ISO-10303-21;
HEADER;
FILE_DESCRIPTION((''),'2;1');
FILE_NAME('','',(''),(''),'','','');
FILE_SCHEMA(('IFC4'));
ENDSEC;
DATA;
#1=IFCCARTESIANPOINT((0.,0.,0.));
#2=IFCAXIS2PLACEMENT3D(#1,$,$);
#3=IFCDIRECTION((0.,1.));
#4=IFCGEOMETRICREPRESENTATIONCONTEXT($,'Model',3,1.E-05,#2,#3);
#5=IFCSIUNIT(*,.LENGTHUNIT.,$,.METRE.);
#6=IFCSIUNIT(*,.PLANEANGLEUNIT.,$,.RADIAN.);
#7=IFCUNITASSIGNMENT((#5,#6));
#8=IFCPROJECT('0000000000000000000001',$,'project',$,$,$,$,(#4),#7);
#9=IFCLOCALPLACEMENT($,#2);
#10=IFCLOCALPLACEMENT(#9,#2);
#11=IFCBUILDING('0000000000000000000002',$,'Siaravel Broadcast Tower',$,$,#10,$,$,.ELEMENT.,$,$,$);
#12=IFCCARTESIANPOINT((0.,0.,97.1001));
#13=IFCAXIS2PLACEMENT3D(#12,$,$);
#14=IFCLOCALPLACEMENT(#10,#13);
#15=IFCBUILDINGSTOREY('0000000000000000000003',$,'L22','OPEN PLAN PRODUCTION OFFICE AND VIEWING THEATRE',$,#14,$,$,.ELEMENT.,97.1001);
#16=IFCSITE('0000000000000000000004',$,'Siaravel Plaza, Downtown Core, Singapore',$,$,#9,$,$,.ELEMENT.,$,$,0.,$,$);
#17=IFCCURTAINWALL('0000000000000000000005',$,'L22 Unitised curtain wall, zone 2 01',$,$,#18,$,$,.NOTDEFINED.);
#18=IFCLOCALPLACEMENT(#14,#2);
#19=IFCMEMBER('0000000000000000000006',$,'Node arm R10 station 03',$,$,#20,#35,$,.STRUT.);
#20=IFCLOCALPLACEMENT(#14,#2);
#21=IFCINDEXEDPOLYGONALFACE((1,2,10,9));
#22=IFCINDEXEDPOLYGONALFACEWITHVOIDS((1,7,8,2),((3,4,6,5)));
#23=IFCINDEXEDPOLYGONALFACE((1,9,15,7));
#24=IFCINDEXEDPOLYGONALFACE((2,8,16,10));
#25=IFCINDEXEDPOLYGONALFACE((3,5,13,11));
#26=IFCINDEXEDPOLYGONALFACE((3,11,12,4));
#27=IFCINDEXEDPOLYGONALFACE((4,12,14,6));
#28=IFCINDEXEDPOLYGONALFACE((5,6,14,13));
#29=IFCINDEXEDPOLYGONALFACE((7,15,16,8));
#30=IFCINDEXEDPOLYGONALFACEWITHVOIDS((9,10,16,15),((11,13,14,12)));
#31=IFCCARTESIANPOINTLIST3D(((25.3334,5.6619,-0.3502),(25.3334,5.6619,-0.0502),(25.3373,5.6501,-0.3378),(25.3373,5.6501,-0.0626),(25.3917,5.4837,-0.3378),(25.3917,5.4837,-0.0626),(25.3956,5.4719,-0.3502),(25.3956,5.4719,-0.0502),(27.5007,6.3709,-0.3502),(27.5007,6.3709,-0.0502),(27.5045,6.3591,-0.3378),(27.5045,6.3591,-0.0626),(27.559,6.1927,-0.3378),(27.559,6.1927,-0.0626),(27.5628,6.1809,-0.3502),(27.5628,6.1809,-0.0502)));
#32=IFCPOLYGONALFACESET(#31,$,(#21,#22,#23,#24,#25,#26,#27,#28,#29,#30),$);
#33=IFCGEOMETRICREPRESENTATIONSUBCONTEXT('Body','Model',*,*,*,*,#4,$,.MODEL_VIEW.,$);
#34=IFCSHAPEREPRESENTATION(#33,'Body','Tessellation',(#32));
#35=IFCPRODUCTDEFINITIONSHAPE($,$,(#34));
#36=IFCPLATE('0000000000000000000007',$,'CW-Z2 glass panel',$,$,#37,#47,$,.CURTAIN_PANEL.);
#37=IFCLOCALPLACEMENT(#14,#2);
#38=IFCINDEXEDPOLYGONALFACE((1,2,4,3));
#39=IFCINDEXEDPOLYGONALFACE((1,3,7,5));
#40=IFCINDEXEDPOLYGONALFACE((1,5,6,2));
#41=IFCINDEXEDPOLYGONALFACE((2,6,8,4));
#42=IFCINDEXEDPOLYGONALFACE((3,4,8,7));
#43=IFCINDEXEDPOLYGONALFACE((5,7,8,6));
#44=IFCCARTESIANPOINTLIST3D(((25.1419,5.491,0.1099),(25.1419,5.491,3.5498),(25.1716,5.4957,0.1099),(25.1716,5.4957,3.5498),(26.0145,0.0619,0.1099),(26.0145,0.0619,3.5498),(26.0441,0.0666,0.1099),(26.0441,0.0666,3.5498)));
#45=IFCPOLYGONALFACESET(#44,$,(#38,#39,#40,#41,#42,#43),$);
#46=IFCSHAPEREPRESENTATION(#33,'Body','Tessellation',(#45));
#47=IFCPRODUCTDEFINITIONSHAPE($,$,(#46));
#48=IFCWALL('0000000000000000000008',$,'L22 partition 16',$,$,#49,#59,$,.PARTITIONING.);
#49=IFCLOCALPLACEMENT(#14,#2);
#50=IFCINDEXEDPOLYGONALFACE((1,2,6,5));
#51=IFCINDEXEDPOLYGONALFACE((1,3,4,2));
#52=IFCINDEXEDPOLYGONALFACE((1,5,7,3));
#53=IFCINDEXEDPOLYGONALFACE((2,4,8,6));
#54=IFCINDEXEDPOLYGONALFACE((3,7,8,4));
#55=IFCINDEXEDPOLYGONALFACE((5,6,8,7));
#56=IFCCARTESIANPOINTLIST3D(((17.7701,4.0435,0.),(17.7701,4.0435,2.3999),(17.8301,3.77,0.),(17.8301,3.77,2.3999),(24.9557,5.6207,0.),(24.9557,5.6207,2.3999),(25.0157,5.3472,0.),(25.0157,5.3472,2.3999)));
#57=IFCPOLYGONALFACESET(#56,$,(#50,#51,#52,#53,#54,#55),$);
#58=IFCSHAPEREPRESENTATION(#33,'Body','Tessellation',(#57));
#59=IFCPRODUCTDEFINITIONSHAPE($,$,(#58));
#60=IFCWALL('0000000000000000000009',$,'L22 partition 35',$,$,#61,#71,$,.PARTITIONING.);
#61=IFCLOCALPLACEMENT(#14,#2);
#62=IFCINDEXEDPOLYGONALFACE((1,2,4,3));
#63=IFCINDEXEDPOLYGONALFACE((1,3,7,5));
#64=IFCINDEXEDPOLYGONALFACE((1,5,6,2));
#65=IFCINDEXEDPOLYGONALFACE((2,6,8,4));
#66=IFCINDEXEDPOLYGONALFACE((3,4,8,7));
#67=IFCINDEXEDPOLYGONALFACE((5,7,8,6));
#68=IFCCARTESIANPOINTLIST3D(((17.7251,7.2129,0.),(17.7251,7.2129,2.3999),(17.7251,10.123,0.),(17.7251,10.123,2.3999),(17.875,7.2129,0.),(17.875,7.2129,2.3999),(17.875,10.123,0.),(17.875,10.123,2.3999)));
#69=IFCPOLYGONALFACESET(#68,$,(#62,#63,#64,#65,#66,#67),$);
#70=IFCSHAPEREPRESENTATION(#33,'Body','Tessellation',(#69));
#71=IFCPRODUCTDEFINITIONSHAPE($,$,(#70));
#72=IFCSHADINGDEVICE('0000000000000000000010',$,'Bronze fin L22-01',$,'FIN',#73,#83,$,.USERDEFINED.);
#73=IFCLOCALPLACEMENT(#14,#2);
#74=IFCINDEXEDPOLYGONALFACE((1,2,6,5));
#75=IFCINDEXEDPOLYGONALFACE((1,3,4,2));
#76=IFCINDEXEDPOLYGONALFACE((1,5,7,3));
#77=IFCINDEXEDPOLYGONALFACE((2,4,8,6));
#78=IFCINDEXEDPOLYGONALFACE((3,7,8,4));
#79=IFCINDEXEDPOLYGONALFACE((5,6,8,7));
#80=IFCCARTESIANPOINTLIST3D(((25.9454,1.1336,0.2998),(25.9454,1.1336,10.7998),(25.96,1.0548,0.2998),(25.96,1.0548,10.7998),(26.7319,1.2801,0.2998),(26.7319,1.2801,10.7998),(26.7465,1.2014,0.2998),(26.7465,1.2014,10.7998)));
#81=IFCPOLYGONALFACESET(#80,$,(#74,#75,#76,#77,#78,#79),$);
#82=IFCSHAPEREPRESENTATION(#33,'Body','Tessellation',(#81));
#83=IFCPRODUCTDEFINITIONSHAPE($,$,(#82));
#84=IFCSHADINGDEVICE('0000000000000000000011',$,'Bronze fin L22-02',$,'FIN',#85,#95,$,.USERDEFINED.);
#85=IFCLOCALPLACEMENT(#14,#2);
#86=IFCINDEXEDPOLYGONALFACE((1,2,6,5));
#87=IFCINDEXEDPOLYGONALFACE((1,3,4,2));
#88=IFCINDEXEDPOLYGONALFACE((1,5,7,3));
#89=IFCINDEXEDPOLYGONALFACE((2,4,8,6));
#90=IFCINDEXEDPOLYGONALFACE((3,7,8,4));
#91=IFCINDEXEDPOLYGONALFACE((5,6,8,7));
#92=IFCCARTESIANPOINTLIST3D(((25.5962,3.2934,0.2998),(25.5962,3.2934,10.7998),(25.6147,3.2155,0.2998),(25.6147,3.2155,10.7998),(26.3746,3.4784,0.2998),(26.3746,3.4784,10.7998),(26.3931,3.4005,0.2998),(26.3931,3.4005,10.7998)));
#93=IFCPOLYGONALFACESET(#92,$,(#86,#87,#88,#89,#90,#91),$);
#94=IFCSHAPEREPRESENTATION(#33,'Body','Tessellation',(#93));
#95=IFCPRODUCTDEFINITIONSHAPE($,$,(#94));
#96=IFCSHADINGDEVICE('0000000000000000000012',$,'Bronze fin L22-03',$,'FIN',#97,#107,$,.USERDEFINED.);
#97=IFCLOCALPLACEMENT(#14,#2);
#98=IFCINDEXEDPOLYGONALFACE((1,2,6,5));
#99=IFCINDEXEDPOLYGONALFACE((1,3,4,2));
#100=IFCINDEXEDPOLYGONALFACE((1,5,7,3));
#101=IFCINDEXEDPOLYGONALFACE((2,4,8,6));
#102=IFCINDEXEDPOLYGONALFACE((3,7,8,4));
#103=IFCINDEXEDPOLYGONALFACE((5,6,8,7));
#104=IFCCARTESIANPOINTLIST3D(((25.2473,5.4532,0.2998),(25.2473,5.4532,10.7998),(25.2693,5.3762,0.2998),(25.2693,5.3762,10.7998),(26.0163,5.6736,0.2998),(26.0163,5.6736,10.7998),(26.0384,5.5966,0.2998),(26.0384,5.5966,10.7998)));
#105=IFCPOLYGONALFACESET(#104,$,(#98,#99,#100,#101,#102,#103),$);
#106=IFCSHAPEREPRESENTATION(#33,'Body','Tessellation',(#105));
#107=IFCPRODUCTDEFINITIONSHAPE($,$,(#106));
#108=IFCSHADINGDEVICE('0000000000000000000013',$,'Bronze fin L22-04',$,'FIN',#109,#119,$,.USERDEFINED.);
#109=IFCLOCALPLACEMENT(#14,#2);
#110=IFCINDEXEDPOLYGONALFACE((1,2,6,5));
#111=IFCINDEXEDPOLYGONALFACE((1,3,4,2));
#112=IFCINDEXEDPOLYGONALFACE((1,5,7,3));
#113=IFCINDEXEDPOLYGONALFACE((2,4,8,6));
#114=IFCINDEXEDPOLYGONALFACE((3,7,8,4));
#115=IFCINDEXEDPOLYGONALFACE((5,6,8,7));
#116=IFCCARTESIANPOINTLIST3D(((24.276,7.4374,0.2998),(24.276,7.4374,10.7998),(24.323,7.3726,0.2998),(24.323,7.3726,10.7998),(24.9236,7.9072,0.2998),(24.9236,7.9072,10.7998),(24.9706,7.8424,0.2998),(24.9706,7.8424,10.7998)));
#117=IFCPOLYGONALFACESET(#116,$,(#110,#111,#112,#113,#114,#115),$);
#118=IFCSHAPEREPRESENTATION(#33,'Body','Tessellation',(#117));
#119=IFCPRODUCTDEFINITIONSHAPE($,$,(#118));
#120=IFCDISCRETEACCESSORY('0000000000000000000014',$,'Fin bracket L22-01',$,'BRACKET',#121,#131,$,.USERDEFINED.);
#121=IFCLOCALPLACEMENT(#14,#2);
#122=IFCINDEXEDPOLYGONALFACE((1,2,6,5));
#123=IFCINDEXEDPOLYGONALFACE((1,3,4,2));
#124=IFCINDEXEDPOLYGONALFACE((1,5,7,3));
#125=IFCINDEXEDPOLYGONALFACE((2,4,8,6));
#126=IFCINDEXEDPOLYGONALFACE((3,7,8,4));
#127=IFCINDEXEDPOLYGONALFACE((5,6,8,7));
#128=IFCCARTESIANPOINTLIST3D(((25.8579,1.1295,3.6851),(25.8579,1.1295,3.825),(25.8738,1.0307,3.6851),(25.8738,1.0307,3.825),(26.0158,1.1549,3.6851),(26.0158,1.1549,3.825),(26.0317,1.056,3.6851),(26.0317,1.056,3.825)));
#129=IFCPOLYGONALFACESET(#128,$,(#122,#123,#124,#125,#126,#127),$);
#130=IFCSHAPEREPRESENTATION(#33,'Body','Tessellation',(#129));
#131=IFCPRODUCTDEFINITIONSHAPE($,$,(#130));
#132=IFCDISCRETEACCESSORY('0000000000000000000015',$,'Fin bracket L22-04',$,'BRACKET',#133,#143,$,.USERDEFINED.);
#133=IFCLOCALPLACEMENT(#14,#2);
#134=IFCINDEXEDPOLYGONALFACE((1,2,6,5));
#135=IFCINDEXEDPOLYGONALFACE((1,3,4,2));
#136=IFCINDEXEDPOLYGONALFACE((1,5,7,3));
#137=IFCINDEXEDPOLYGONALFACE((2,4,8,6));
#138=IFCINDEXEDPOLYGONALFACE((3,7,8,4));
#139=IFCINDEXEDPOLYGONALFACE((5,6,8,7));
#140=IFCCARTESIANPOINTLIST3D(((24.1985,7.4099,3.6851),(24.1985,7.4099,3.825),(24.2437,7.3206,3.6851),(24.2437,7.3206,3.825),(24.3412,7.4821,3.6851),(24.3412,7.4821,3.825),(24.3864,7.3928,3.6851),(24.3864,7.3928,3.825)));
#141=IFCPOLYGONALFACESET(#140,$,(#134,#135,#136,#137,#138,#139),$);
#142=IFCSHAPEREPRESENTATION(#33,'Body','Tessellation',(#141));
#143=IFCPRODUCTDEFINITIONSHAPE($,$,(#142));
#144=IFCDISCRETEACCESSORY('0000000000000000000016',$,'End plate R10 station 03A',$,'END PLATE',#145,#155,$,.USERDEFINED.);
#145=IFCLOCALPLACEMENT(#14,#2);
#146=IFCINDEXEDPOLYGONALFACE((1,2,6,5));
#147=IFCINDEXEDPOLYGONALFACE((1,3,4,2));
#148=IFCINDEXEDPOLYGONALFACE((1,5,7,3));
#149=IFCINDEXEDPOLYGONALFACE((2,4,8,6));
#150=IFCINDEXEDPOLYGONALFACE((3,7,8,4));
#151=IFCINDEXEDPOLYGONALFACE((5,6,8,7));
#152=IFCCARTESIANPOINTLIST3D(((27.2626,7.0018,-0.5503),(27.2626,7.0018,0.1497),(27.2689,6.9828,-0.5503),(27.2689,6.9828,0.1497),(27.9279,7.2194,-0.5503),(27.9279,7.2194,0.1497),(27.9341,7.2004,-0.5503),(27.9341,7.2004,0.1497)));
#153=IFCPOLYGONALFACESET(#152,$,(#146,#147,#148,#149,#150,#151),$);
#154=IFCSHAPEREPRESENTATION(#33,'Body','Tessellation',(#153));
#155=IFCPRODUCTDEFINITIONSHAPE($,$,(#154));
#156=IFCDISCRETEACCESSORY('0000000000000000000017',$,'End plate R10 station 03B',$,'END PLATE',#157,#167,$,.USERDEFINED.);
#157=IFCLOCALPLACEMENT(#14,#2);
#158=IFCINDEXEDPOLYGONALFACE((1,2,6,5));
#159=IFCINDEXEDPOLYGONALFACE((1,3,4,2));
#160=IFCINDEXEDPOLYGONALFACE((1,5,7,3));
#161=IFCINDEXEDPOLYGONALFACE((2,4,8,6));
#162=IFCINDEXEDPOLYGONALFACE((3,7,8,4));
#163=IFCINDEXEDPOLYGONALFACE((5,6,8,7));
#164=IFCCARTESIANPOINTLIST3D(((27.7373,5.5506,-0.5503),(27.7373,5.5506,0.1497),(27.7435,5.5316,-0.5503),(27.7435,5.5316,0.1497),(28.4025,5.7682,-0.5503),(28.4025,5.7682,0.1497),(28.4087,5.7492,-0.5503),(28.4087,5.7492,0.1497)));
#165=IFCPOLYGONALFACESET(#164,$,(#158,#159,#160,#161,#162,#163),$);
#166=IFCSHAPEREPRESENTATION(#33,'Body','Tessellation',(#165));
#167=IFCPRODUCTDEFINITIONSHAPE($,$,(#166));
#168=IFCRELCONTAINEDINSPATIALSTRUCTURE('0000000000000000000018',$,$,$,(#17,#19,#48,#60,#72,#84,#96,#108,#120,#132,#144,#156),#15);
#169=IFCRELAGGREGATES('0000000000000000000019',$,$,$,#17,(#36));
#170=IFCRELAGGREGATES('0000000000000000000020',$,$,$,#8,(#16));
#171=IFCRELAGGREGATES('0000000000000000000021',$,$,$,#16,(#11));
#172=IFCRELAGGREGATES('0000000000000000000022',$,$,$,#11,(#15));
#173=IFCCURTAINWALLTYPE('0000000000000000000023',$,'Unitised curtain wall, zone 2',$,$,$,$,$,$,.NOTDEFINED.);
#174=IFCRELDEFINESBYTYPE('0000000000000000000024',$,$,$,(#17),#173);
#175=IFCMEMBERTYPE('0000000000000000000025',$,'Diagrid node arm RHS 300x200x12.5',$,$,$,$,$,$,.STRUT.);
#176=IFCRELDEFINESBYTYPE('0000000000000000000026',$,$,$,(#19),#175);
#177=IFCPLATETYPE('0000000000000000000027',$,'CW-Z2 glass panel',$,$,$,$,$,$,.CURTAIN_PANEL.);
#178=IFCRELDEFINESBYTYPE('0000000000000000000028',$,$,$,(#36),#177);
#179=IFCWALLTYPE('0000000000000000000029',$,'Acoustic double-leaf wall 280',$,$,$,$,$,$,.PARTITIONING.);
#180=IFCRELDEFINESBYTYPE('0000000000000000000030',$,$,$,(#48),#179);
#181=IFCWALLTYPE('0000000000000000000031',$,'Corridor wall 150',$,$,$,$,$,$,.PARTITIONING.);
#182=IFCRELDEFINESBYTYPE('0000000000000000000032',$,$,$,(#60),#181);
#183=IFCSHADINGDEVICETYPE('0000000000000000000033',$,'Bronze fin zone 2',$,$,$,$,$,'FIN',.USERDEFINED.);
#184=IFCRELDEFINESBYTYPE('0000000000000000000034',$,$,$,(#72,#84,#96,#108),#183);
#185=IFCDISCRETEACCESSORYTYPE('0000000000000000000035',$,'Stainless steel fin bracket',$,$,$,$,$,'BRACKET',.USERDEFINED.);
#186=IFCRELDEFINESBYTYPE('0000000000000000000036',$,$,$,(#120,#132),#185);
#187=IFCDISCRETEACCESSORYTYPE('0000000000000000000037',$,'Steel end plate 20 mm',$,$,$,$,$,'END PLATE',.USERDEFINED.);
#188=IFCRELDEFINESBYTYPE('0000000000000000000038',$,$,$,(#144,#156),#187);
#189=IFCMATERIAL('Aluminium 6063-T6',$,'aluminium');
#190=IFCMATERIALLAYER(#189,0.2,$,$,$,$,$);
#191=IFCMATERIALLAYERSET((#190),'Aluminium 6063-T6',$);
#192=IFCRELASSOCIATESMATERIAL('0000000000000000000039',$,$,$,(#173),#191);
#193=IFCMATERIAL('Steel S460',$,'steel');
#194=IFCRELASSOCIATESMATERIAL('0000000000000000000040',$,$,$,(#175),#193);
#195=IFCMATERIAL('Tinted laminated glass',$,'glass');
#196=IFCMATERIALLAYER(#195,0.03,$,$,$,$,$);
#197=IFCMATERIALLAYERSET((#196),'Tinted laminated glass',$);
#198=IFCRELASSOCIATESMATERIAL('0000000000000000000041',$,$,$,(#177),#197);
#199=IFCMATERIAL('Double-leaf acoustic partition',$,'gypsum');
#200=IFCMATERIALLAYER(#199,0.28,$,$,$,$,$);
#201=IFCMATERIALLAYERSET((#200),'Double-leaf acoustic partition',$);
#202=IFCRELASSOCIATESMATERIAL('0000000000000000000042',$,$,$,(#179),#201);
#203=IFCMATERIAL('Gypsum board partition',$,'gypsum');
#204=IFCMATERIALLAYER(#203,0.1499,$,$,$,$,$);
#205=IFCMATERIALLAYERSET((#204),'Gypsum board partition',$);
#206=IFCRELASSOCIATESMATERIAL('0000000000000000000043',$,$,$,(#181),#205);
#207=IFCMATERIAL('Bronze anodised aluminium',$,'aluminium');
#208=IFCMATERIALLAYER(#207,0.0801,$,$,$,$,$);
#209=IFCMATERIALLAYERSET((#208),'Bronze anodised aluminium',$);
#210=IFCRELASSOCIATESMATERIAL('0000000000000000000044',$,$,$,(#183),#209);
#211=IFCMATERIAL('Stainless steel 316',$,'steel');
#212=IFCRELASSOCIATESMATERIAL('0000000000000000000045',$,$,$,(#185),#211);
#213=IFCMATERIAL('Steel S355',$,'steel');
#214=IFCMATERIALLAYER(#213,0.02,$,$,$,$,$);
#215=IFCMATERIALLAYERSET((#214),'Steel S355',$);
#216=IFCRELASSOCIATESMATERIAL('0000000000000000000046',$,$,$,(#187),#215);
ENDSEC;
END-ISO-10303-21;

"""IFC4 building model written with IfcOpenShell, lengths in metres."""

from ifc_helpers import new_model, si_unit, direction, frame, frame_2d, origin, origin_2d, place, context, subcontext, project, spatial, rectangle, hollow_rectangle, extrude, material, layer, layer_set, material_profile, profile_set, type_object, element, aggregate, save


model = new_model("IFC4")

# Units and contexts
model_context = context("Model", 3, precision=1e-05, world=origin(), true_north=direction((0.0, 1.0)))
body_context = subcontext(model_context, "Body", "Model", "MODEL_VIEW")
ifc_project = project(units=[si_unit("LENGTHUNIT", "METRE"), si_unit("PLANEANGLEUNIT", "RADIAN")], contexts=[model_context])

# Site, building, storey
site_placement = place(None, origin())
site = spatial("IfcSite", under=ifc_project, at=site_placement, Name="Siaravel Plaza, Downtown Core, Singapore", CompositionType="ELEMENT", RefElevation=0.0)
building_placement = place(site_placement, origin())
building = spatial("IfcBuilding", under=site, at=building_placement, Name="Siaravel Broadcast Tower", CompositionType="ELEMENT")
storey_placement = place(building_placement, frame((0.0, 0.0, 97.1001)))
storey = spatial("IfcBuildingStorey", under=building, at=storey_placement, Name="L22", Description="OPEN PLAN PRODUCTION OFFICE AND VIEWING THEATRE", CompositionType="ELEMENT", Elevation=97.1001)

# Shared definitions
ifc_material_1 = material(Name="Steel S355", Category="steel")

# Curtain wall
ifc_material_2 = material(Name="Aluminium 6063-T6", Category="aluminium")
ifc_layer_1 = layer(ifc_material_2, 0.2)
ifc_layer_set_1 = layer_set([ifc_layer_1], Name="Aluminium 6063-T6")
curtain_wall_type = type_object("IfcCurtainWallType", Name="Unitised curtain wall, zone 2", PredefinedType="NOTDEFINED", material=ifc_layer_set_1)
curtain_wall_placement = place(storey_placement, origin())
curtain_wall = element("IfcCurtainWall", 1, at=curtain_wall_placement, inside=storey, type_object=curtain_wall_type, Name="L22 Unitised curtain wall, zone 2 01", PredefinedType="NOTDEFINED")

# Member
ifc_material_3 = material(Name="Steel S460", Category="steel")
ifc_material_profile_1 = material_profile(ifc_material_3, hollow_rectangle(XDim=0.2, YDim=0.3, WallThickness=0.0125, at=origin_2d()))
ifc_profile_set_1 = profile_set([ifc_material_profile_1], Name="Steel S460")
member_type_1 = type_object("IfcMemberType", Name="Diagrid node arm RHS 300x200x12.5", PredefinedType="STRUT", material=ifc_profile_set_1)
member_1_placement = place(storey_placement, frame((25.3645, 5.5669, -0.2002), z_axis=(0.950435, 0.310923, 0.0), x_axis=(-0.310923, 0.950435, 0.0)))
element("IfcMember", 2, at=member_1_placement, inside=storey, type_object=member_type_1, Name="Node arm R10 station 03", PredefinedType="STRUT", context=body_context, shape_type="SweptSolid", body=[
    extrude(hollow_rectangle(XDim=0.2, YDim=0.3, WallThickness=0.0125, at=origin_2d()), origin(), (0.0, 0.0, 1.0), 2.2803),
])

# Plate
ifc_material_4 = material(Name="Tinted laminated glass", Category="glass")
ifc_layer_2 = layer(ifc_material_4, 0.03)
ifc_layer_set_2 = layer_set([ifc_layer_2], Name="Tinted laminated glass")
plate_type = type_object("IfcPlateType", Name="CW-Z2 glass panel", PredefinedType="CURTAIN_PANEL", material=ifc_layer_set_2)
plate_placement = place(storey_placement, frame((25.593, 2.7788, 0.1099), z_axis=(0.0, 0.0, 1.0), x_axis=(-0.158686, 0.987329, 0.0)))
plate = element("IfcPlate", 3, at=plate_placement, type_object=plate_type, Name="CW-Z2 glass panel", PredefinedType="CURTAIN_PANEL", context=body_context, shape_type="SweptSolid", body=[
    extrude(rectangle(XDim=5.4988, YDim=0.03, at=origin_2d()), origin(), (0.0, 0.0, 1.0), 3.4399),
])
aggregate(curtain_wall, [plate])

# Wall
ifc_material_5 = material(Name="Double-leaf acoustic partition", Category="gypsum")
ifc_layer_3 = layer(ifc_material_5, 0.28)
ifc_layer_set_3 = layer_set([ifc_layer_3], Name="Double-leaf acoustic partition")
wall_type_1 = type_object("IfcWallType", Name="Acoustic double-leaf wall 280", PredefinedType="PARTITIONING", material=ifc_layer_set_3)
wall_1_placement = place(storey_placement, frame((24.9856, 5.4839, 0.0), z_axis=(0.0, 0.0, 1.0), x_axis=(-0.976749, -0.214386, 0.0)))
element("IfcWall", 4, at=wall_1_placement, inside=storey, type_object=wall_type_1, Name="L22 partition 16", PredefinedType="PARTITIONING", context=body_context, shape_type="SweptSolid", body=[
    extrude(rectangle(XDim=7.3567, YDim=0.28, at=frame_2d((3.6782, 0.0))), origin(), (0.0, 0.0, 1.0), 2.3999),
])

# Shared definitions
ifc_material_6 = material(Name="Gypsum board partition", Category="gypsum")
ifc_layer_4 = layer(ifc_material_6, 0.1499)
ifc_layer_set_4 = layer_set([ifc_layer_4], Name="Gypsum board partition")
wall_type_2 = type_object("IfcWallType", Name="Corridor wall 150", PredefinedType="PARTITIONING", material=ifc_layer_set_4)

# Wall
wall_2_placement = place(storey_placement, frame((17.8, 7.2129, 0.0), z_axis=(0.0, 0.0, 1.0), x_axis=(0.0, 1.0, 0.0)))
element("IfcWall", 5, at=wall_2_placement, inside=storey, type_object=wall_type_2, Name="L22 partition 35", PredefinedType="PARTITIONING", context=body_context, shape_type="SweptSolid", body=[
    extrude(rectangle(XDim=2.9102, YDim=0.1499, at=frame_2d((1.4551, 0.0))), origin(), (0.0, 0.0, 1.0), 2.3999),
])

# Shading devices
ifc_material_7 = material(Name="Bronze anodised aluminium", Category="aluminium")
ifc_layer_5 = layer(ifc_material_7, 0.0801)
ifc_layer_set_5 = layer_set([ifc_layer_5], Name="Bronze anodised aluminium")
shading_device_type = type_object("IfcShadingDeviceType", Name="Bronze fin zone 2", ElementType="FIN", PredefinedType="USERDEFINED", material=ifc_layer_set_5)
for number, where, z_axis, x_axis, name in (
    (6, (26.3459, 1.1675, 0.2998), (0.0, 0.0, 1.0), (0.983081, 0.183169, 0.0), "Bronze fin L22-01"),
    (7, (25.9946, 3.3469, 0.2998), (0.0, 0.0, 1.0), (0.9729, 0.231228, 0.0), "Bronze fin L22-02"),
    (8, (25.6428, 5.5249, 0.2998), (0.0, 0.0, 1.0), (0.961291, 0.275535, 0.0), "Bronze fin L22-03"),
    (9, (24.6233, 7.6399, 0.2998), (0.0, 0.0, 1.0), (0.809425, 0.587223, 0.0), "Bronze fin L22-04"),
):
    element("IfcShadingDevice", number, at=place(storey_placement, frame(where, z_axis=z_axis, x_axis=x_axis)), inside=storey, type_object=shading_device_type, Name=name, ObjectType="FIN", PredefinedType="USERDEFINED", context=body_context, shape_type="SweptSolid", body=[
        extrude(rectangle(XDim=0.8, YDim=0.0801, at=origin_2d()), origin(), (0.0, 0.0, 1.0), 10.5),
    ])

# Discrete accessories
ifc_material_8 = material(Name="Stainless steel 316", Category="steel")
discrete_accessory_type_1 = type_object("IfcDiscreteAccessoryType", Name="Stainless steel fin bracket", ElementType="BRACKET", PredefinedType="USERDEFINED", material=ifc_material_8)
for number, where, z_axis, x_axis, name in (
    (10, (25.9448, 1.0928, 3.6851), (0.0, 0.0, 1.0), (0.987329, 0.158685, 0.0), "Fin bracket L22-01"),
    (11, (24.2925, 7.4014, 3.6851), (0.0, 0.0, 1.0), (0.892392, 0.451261, 0.0), "Fin bracket L22-04"),
):
    element("IfcDiscreteAccessory", number, at=place(storey_placement, frame(where, z_axis=z_axis, x_axis=x_axis)), inside=storey, type_object=discrete_accessory_type_1, Name=name, ObjectType="BRACKET", PredefinedType="USERDEFINED", context=body_context, shape_type="SweptSolid", body=[
        extrude(rectangle(XDim=0.1599, YDim=0.1001, at=origin_2d()), origin(), (0.0, 0.0, 1.0), 0.1399),
    ])
ifc_layer_6 = layer(ifc_material_1, 0.02)
ifc_layer_set_6 = layer_set([ifc_layer_6], Name="Steel S355")
discrete_accessory_type_2 = type_object("IfcDiscreteAccessoryType", Name="Steel end plate 20 mm", ElementType="END PLATE", PredefinedType="USERDEFINED", material=ifc_layer_set_6)
for number, where, z_axis, x_axis, name in (
    (12, (27.5984, 7.1011, -0.5503), (0.0, 0.0, 1.0), (-0.310909, 0.95044, 0.0), "End plate R10 station 03A"),
    (13, (28.073, 5.6499, -0.5503), (0.0, 0.0, 1.0), (-0.310909, 0.95044, 0.0), "End plate R10 station 03B"),
):
    element("IfcDiscreteAccessory", number, at=place(storey_placement, frame(where, z_axis=z_axis, x_axis=x_axis)), inside=storey, type_object=discrete_accessory_type_2, Name=name, ObjectType="END PLATE", PredefinedType="USERDEFINED", context=body_context, shape_type="SweptSolid", body=[
        extrude(rectangle(XDim=0.02, YDim=0.7, at=origin_2d()), origin(), (0.0, 0.0, 1.0), 0.7),
    ])

save(model, "model.ifc")
